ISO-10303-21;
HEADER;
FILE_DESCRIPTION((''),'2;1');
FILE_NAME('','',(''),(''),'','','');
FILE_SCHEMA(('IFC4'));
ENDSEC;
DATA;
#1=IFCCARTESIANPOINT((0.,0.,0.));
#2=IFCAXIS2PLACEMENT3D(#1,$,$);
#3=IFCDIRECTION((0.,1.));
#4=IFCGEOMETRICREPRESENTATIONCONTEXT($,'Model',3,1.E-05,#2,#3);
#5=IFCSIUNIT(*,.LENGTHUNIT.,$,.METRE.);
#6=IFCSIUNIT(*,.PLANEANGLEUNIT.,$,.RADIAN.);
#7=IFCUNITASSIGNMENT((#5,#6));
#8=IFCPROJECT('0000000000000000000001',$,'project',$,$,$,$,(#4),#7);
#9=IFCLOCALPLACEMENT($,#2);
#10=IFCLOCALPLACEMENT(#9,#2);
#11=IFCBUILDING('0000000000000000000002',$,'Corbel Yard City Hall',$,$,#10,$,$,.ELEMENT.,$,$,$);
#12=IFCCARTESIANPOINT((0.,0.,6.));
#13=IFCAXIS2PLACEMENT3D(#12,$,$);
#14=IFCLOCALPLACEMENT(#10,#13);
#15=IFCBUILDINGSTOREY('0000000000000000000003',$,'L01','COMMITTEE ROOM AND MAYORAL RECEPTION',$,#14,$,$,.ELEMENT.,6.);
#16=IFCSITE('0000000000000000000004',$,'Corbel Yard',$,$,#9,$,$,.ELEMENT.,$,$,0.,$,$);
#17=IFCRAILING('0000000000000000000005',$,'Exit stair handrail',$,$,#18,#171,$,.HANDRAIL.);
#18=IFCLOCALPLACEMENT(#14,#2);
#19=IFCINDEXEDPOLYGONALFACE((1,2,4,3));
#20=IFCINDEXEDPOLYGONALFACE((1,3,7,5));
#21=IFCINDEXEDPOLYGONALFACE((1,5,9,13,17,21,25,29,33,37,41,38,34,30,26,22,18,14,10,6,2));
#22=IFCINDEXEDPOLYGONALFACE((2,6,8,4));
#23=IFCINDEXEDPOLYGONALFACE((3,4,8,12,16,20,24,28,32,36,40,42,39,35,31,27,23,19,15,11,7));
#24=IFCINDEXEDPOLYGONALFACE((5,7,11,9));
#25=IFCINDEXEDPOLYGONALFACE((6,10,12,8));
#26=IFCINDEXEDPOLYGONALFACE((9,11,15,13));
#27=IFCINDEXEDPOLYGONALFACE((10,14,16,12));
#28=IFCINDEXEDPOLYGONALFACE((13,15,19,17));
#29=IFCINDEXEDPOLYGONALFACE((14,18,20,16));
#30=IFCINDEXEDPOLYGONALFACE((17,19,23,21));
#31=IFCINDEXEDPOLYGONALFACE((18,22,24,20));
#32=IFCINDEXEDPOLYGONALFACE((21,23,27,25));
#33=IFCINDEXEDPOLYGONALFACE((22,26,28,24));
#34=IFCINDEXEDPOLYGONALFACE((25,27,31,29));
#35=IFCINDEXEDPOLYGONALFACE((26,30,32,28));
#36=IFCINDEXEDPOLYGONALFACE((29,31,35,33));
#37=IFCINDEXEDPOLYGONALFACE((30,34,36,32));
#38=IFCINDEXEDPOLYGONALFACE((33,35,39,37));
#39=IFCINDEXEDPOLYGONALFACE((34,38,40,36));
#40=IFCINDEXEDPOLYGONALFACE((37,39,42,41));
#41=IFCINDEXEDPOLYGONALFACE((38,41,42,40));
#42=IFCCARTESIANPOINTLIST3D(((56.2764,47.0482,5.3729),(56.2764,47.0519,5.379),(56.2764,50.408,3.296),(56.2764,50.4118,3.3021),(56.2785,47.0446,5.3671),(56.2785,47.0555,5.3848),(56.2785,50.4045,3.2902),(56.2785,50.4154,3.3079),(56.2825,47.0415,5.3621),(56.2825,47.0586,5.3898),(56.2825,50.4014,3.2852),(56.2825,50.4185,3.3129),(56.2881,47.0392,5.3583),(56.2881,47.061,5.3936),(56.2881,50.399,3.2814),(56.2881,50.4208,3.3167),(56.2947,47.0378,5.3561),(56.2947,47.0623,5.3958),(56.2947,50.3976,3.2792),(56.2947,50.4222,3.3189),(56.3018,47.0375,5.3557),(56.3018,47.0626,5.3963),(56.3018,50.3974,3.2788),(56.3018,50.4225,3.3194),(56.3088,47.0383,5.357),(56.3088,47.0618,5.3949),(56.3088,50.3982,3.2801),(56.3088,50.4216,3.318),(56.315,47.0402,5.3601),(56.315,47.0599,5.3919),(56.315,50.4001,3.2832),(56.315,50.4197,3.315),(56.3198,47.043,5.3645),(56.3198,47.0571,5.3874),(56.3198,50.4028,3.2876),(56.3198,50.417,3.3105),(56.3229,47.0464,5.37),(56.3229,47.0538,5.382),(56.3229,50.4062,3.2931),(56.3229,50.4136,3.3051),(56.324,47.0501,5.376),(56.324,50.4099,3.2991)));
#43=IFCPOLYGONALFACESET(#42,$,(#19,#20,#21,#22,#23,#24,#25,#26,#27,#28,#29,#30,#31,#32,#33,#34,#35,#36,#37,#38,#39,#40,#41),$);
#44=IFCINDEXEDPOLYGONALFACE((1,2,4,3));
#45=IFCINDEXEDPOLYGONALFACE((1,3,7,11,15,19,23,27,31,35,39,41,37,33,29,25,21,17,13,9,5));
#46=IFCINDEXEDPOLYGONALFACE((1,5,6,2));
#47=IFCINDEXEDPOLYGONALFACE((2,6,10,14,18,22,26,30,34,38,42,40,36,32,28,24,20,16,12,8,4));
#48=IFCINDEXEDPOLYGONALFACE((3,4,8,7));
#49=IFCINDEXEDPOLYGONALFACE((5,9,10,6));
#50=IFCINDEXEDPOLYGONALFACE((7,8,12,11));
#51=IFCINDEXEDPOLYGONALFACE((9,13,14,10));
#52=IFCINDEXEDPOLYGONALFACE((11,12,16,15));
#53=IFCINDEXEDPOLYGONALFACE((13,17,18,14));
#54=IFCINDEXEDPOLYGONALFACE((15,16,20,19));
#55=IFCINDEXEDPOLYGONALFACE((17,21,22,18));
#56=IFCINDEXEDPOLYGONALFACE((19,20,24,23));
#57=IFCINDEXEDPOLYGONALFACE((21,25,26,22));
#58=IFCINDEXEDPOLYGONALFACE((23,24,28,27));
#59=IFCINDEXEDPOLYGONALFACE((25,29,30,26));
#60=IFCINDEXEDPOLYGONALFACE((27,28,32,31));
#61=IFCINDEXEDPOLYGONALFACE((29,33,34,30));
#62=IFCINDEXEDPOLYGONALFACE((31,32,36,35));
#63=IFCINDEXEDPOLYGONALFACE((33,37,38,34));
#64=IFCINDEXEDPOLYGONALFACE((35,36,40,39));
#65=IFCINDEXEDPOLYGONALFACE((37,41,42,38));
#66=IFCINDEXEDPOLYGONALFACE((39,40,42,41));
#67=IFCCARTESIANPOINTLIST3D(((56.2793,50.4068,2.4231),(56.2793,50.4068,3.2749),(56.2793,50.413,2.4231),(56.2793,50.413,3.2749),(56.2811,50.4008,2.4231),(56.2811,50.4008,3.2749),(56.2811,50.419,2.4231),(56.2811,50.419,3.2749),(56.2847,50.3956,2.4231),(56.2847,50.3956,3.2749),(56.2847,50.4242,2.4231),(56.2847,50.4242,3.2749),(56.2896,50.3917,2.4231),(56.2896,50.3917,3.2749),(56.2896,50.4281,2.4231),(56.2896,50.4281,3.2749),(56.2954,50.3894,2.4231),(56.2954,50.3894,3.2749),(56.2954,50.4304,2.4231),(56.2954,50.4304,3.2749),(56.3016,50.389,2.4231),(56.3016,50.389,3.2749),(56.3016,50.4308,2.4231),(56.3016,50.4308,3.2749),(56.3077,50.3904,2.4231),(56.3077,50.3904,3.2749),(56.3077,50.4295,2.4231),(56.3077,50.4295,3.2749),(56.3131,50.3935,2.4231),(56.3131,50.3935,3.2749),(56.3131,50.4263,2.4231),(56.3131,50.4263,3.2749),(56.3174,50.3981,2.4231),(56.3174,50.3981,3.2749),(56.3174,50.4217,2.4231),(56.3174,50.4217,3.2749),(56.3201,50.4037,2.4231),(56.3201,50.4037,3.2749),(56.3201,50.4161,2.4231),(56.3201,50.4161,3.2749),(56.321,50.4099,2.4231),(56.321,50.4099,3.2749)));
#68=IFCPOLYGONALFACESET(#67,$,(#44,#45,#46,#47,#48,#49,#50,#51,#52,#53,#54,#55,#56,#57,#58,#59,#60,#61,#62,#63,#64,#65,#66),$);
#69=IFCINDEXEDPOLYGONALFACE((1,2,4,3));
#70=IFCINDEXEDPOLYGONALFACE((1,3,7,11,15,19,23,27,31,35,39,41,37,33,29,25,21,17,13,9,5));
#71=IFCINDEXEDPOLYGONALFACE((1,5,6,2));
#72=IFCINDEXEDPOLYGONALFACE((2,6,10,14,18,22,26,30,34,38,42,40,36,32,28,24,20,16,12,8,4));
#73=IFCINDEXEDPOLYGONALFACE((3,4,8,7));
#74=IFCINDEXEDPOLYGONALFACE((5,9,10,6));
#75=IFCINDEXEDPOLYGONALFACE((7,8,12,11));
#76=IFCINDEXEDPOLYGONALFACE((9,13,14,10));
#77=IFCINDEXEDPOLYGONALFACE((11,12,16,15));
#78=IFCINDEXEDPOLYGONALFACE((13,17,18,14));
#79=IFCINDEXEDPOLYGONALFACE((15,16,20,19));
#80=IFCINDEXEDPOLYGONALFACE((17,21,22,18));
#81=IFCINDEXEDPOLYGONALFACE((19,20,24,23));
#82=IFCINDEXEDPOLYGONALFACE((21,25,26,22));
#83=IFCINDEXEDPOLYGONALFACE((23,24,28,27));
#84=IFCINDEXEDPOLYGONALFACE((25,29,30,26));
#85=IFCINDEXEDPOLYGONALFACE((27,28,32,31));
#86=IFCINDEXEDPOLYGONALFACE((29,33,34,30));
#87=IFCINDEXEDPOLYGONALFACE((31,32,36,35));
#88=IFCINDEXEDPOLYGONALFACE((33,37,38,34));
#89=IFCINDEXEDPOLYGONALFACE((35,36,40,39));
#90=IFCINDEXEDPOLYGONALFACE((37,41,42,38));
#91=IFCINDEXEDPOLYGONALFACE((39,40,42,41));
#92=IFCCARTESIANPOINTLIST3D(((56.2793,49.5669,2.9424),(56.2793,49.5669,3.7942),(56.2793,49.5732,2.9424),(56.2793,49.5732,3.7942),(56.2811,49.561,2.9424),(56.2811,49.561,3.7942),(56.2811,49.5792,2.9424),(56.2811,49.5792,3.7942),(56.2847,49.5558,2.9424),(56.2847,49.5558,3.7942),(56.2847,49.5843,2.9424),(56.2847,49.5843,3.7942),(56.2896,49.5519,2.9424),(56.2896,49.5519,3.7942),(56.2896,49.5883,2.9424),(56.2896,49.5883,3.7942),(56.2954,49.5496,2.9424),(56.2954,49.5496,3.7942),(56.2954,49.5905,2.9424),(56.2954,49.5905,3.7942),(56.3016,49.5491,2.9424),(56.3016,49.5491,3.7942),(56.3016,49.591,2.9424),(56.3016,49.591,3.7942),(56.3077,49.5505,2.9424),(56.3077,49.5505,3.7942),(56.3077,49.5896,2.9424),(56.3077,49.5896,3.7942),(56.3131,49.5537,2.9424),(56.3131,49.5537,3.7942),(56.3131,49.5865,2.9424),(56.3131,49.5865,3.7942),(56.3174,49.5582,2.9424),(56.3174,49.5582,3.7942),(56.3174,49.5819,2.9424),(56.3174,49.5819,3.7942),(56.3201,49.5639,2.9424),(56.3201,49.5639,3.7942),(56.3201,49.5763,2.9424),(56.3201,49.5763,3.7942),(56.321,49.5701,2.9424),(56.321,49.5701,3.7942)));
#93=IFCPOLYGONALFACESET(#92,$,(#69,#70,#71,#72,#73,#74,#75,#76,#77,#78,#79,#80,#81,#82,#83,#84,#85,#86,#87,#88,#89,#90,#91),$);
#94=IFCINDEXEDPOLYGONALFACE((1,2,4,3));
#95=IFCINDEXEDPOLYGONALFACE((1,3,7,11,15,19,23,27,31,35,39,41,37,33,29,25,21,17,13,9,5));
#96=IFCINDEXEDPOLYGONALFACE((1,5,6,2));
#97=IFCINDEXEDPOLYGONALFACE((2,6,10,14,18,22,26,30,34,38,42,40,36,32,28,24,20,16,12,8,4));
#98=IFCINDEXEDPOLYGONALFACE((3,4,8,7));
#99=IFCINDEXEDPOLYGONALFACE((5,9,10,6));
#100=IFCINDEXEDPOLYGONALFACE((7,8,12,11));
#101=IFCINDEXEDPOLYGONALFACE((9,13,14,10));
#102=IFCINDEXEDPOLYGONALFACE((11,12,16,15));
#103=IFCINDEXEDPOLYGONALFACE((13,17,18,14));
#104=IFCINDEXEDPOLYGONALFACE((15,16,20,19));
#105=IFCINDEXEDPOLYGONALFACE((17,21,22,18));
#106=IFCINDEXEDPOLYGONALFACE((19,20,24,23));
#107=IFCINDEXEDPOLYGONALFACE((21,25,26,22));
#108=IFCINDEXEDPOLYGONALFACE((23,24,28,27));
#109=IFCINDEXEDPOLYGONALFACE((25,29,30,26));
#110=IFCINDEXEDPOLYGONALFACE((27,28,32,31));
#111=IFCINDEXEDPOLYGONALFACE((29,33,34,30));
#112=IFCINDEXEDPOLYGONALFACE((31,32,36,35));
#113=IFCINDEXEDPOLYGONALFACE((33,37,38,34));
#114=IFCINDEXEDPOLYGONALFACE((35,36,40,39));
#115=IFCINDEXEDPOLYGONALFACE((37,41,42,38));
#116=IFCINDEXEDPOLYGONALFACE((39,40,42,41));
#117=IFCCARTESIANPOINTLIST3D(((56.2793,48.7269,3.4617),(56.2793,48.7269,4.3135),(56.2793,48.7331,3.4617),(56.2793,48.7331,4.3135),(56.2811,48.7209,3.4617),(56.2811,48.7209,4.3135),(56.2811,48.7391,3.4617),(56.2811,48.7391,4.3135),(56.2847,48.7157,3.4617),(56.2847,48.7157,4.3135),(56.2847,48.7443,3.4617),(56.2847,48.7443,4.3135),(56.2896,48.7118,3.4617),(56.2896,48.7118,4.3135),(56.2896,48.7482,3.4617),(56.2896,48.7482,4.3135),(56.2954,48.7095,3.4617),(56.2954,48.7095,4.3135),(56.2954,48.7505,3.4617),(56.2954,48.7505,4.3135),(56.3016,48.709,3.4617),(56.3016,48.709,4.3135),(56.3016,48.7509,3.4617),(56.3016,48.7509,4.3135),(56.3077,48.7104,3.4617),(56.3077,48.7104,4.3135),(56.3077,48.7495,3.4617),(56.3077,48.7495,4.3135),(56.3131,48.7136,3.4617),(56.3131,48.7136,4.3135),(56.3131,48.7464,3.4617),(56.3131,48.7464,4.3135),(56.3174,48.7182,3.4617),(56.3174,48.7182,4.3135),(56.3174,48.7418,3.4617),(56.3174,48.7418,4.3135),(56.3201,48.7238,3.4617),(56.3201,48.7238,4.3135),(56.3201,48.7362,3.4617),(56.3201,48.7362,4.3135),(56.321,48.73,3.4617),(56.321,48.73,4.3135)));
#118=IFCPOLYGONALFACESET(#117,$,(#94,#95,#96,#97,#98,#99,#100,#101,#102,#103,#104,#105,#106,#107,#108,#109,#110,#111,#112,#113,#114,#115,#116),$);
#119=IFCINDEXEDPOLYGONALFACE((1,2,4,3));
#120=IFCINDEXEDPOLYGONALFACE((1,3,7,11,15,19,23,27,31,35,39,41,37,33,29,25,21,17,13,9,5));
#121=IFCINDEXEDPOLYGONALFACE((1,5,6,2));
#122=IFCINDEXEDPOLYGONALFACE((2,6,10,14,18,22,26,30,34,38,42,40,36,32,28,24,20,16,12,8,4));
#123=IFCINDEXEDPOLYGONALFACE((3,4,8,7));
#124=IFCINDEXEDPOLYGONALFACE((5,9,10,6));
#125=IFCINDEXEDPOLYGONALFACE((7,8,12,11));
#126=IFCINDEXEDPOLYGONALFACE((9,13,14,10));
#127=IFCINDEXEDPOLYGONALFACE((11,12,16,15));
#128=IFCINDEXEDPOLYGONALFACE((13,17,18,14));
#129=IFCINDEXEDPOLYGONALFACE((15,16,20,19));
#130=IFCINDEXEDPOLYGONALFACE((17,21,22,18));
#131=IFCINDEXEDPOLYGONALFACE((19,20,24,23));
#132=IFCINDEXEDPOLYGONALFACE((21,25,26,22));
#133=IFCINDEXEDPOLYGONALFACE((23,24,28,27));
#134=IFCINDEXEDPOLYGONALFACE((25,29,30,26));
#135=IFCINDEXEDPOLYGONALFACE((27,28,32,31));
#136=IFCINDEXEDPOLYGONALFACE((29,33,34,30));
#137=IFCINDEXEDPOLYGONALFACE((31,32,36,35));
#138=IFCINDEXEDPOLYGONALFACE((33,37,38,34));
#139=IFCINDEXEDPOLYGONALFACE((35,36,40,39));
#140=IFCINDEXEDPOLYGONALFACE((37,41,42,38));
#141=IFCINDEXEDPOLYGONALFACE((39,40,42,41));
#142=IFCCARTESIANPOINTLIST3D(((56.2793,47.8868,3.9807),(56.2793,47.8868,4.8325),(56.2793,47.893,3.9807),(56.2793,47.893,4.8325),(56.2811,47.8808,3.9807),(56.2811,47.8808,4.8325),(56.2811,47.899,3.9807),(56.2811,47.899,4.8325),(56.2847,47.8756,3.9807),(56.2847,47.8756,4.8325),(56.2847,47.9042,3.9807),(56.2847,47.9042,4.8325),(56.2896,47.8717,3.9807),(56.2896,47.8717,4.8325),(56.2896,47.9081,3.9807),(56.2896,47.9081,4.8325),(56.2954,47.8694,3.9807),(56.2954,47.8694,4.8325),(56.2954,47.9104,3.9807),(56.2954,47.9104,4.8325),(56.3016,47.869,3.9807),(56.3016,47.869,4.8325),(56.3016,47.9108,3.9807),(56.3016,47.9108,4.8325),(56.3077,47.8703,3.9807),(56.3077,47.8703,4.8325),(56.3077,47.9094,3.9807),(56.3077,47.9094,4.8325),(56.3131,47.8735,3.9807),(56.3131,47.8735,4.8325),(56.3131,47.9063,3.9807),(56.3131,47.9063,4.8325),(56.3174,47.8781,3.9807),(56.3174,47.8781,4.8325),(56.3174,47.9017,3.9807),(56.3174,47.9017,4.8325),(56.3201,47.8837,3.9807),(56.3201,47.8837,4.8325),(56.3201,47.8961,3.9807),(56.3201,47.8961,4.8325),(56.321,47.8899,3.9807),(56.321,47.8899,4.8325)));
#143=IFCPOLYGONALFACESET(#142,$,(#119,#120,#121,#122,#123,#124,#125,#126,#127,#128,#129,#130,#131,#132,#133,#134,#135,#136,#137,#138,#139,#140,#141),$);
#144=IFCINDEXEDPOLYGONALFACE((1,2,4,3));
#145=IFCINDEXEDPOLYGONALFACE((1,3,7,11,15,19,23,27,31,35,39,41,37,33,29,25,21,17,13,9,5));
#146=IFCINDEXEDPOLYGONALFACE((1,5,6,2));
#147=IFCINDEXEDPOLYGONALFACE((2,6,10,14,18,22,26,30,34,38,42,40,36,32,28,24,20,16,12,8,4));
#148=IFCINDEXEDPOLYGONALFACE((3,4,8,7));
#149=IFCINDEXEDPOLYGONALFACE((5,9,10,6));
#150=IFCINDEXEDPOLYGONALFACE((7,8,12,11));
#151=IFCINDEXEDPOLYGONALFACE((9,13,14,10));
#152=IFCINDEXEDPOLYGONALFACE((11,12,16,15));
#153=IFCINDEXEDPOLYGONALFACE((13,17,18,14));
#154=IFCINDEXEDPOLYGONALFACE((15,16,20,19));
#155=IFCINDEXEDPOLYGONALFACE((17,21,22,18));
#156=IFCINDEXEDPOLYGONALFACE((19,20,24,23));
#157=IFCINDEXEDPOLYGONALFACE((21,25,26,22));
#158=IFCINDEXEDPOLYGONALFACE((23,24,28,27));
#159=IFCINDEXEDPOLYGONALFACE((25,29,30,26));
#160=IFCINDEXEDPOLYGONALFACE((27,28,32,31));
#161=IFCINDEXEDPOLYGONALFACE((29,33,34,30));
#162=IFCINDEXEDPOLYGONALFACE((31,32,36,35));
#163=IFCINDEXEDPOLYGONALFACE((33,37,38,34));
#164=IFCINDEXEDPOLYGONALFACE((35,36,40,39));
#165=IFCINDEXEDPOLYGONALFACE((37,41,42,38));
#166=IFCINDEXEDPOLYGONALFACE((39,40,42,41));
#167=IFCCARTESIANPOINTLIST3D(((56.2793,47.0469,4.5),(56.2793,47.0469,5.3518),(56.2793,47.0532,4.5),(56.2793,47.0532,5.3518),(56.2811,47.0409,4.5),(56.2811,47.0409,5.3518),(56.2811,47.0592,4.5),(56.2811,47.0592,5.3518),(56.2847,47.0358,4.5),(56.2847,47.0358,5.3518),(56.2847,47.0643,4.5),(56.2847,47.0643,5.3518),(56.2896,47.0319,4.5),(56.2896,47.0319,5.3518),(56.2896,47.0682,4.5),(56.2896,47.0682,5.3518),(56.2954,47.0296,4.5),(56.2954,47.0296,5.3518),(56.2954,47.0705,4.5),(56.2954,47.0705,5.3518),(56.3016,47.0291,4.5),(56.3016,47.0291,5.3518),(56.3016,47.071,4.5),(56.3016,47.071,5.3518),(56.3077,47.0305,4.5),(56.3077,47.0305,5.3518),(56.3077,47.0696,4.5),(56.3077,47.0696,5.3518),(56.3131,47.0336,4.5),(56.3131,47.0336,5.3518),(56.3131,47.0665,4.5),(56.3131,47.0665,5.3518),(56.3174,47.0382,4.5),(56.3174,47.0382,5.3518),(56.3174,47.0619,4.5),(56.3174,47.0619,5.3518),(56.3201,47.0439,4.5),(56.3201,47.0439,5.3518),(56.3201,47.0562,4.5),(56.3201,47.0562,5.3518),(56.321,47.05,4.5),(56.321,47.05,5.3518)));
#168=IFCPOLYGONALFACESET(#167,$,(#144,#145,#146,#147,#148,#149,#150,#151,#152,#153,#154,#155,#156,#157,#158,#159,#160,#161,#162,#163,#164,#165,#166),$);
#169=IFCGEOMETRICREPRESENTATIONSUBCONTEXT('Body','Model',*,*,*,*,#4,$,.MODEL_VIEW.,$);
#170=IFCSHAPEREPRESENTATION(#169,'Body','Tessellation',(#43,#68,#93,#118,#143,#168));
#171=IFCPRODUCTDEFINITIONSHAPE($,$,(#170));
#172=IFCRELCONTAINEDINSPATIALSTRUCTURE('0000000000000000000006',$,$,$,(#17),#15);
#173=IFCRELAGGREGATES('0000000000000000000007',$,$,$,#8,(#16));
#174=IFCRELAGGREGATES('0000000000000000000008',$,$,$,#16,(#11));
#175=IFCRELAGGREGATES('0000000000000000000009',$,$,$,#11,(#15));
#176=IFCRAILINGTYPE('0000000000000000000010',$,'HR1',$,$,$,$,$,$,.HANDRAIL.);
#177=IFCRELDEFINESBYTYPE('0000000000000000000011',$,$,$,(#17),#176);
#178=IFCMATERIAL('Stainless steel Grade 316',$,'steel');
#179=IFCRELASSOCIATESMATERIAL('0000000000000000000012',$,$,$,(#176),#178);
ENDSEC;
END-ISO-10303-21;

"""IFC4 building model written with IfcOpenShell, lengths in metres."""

from ifc_helpers import new_model, si_unit, direction, frame, origin, origin_2d, place, context, subcontext, project, spatial, circle, extrude, material, type_object, element, save


model = new_model("IFC4")

# Units and contexts
model_context = context("Model", 3, precision=1e-05, world=origin(), true_north=direction((0.0, 1.0)))
body_context = subcontext(model_context, "Body", "Model", "MODEL_VIEW")
ifc_project = project(units=[si_unit("LENGTHUNIT", "METRE"), si_unit("PLANEANGLEUNIT", "RADIAN")], contexts=[model_context])

# Site, building, storey
site_placement = place(None, origin())
site = spatial("IfcSite", under=ifc_project, at=site_placement, Name="Corbel Yard", CompositionType="ELEMENT", RefElevation=0.0)
building_placement = place(site_placement, origin())
building = spatial("IfcBuilding", under=site, at=building_placement, Name="Corbel Yard City Hall", CompositionType="ELEMENT")
storey_placement = place(building_placement, frame((0.0, 0.0, 6.0)))
storey = spatial("IfcBuildingStorey", under=building, at=storey_placement, Name="L01", Description="COMMITTEE ROOM AND MAYORAL RECEPTION", CompositionType="ELEMENT", Elevation=6.0)

# Railing
ifc_material_1 = material(Name="Stainless steel Grade 316", Category="steel")
railing_type_1 = type_object("IfcRailingType", Name="HR1", PredefinedType="HANDRAIL", material=ifc_material_1)
railing_1_placement = place(storey_placement, frame((56.3, 50.4099, 2.4231)))
element("IfcRailing", 1, at=railing_1_placement, inside=storey, type_object=railing_type_1, Name="Exit stair handrail", PredefinedType="HANDRAIL", context=body_context, shape_type="SweptSolid", body=[
    extrude(circle(Radius=0.0239, at=origin_2d()), frame((0.0, 0.0, 0.876), z_axis=(0.0, -0.850606, 0.525803), x_axis=(1.0, 0.0, 0.0)), (0.0, 0.0, 1.0), 3.95),
    extrude(circle(Radius=0.021, at=origin_2d()), origin(), (0.0, 0.0, 1.0), 0.8518),
    extrude(circle(Radius=0.021, at=origin_2d()), frame((0.0, -0.8398, 0.5193)), (0.0, 0.0, 1.0), 0.8518),
    extrude(circle(Radius=0.021, at=origin_2d()), frame((0.0, -1.6799, 1.0386)), (0.0, 0.0, 1.0), 0.8518),
    extrude(circle(Radius=0.021, at=origin_2d()), frame((0.0, -2.52, 1.5576)), (0.0, 0.0, 1.0), 0.8518),
    extrude(circle(Radius=0.021, at=origin_2d()), frame((0.0, -3.3599, 2.0769)), (0.0, 0.0, 1.0), 0.8518),
])

save(model, "model.ifc")
